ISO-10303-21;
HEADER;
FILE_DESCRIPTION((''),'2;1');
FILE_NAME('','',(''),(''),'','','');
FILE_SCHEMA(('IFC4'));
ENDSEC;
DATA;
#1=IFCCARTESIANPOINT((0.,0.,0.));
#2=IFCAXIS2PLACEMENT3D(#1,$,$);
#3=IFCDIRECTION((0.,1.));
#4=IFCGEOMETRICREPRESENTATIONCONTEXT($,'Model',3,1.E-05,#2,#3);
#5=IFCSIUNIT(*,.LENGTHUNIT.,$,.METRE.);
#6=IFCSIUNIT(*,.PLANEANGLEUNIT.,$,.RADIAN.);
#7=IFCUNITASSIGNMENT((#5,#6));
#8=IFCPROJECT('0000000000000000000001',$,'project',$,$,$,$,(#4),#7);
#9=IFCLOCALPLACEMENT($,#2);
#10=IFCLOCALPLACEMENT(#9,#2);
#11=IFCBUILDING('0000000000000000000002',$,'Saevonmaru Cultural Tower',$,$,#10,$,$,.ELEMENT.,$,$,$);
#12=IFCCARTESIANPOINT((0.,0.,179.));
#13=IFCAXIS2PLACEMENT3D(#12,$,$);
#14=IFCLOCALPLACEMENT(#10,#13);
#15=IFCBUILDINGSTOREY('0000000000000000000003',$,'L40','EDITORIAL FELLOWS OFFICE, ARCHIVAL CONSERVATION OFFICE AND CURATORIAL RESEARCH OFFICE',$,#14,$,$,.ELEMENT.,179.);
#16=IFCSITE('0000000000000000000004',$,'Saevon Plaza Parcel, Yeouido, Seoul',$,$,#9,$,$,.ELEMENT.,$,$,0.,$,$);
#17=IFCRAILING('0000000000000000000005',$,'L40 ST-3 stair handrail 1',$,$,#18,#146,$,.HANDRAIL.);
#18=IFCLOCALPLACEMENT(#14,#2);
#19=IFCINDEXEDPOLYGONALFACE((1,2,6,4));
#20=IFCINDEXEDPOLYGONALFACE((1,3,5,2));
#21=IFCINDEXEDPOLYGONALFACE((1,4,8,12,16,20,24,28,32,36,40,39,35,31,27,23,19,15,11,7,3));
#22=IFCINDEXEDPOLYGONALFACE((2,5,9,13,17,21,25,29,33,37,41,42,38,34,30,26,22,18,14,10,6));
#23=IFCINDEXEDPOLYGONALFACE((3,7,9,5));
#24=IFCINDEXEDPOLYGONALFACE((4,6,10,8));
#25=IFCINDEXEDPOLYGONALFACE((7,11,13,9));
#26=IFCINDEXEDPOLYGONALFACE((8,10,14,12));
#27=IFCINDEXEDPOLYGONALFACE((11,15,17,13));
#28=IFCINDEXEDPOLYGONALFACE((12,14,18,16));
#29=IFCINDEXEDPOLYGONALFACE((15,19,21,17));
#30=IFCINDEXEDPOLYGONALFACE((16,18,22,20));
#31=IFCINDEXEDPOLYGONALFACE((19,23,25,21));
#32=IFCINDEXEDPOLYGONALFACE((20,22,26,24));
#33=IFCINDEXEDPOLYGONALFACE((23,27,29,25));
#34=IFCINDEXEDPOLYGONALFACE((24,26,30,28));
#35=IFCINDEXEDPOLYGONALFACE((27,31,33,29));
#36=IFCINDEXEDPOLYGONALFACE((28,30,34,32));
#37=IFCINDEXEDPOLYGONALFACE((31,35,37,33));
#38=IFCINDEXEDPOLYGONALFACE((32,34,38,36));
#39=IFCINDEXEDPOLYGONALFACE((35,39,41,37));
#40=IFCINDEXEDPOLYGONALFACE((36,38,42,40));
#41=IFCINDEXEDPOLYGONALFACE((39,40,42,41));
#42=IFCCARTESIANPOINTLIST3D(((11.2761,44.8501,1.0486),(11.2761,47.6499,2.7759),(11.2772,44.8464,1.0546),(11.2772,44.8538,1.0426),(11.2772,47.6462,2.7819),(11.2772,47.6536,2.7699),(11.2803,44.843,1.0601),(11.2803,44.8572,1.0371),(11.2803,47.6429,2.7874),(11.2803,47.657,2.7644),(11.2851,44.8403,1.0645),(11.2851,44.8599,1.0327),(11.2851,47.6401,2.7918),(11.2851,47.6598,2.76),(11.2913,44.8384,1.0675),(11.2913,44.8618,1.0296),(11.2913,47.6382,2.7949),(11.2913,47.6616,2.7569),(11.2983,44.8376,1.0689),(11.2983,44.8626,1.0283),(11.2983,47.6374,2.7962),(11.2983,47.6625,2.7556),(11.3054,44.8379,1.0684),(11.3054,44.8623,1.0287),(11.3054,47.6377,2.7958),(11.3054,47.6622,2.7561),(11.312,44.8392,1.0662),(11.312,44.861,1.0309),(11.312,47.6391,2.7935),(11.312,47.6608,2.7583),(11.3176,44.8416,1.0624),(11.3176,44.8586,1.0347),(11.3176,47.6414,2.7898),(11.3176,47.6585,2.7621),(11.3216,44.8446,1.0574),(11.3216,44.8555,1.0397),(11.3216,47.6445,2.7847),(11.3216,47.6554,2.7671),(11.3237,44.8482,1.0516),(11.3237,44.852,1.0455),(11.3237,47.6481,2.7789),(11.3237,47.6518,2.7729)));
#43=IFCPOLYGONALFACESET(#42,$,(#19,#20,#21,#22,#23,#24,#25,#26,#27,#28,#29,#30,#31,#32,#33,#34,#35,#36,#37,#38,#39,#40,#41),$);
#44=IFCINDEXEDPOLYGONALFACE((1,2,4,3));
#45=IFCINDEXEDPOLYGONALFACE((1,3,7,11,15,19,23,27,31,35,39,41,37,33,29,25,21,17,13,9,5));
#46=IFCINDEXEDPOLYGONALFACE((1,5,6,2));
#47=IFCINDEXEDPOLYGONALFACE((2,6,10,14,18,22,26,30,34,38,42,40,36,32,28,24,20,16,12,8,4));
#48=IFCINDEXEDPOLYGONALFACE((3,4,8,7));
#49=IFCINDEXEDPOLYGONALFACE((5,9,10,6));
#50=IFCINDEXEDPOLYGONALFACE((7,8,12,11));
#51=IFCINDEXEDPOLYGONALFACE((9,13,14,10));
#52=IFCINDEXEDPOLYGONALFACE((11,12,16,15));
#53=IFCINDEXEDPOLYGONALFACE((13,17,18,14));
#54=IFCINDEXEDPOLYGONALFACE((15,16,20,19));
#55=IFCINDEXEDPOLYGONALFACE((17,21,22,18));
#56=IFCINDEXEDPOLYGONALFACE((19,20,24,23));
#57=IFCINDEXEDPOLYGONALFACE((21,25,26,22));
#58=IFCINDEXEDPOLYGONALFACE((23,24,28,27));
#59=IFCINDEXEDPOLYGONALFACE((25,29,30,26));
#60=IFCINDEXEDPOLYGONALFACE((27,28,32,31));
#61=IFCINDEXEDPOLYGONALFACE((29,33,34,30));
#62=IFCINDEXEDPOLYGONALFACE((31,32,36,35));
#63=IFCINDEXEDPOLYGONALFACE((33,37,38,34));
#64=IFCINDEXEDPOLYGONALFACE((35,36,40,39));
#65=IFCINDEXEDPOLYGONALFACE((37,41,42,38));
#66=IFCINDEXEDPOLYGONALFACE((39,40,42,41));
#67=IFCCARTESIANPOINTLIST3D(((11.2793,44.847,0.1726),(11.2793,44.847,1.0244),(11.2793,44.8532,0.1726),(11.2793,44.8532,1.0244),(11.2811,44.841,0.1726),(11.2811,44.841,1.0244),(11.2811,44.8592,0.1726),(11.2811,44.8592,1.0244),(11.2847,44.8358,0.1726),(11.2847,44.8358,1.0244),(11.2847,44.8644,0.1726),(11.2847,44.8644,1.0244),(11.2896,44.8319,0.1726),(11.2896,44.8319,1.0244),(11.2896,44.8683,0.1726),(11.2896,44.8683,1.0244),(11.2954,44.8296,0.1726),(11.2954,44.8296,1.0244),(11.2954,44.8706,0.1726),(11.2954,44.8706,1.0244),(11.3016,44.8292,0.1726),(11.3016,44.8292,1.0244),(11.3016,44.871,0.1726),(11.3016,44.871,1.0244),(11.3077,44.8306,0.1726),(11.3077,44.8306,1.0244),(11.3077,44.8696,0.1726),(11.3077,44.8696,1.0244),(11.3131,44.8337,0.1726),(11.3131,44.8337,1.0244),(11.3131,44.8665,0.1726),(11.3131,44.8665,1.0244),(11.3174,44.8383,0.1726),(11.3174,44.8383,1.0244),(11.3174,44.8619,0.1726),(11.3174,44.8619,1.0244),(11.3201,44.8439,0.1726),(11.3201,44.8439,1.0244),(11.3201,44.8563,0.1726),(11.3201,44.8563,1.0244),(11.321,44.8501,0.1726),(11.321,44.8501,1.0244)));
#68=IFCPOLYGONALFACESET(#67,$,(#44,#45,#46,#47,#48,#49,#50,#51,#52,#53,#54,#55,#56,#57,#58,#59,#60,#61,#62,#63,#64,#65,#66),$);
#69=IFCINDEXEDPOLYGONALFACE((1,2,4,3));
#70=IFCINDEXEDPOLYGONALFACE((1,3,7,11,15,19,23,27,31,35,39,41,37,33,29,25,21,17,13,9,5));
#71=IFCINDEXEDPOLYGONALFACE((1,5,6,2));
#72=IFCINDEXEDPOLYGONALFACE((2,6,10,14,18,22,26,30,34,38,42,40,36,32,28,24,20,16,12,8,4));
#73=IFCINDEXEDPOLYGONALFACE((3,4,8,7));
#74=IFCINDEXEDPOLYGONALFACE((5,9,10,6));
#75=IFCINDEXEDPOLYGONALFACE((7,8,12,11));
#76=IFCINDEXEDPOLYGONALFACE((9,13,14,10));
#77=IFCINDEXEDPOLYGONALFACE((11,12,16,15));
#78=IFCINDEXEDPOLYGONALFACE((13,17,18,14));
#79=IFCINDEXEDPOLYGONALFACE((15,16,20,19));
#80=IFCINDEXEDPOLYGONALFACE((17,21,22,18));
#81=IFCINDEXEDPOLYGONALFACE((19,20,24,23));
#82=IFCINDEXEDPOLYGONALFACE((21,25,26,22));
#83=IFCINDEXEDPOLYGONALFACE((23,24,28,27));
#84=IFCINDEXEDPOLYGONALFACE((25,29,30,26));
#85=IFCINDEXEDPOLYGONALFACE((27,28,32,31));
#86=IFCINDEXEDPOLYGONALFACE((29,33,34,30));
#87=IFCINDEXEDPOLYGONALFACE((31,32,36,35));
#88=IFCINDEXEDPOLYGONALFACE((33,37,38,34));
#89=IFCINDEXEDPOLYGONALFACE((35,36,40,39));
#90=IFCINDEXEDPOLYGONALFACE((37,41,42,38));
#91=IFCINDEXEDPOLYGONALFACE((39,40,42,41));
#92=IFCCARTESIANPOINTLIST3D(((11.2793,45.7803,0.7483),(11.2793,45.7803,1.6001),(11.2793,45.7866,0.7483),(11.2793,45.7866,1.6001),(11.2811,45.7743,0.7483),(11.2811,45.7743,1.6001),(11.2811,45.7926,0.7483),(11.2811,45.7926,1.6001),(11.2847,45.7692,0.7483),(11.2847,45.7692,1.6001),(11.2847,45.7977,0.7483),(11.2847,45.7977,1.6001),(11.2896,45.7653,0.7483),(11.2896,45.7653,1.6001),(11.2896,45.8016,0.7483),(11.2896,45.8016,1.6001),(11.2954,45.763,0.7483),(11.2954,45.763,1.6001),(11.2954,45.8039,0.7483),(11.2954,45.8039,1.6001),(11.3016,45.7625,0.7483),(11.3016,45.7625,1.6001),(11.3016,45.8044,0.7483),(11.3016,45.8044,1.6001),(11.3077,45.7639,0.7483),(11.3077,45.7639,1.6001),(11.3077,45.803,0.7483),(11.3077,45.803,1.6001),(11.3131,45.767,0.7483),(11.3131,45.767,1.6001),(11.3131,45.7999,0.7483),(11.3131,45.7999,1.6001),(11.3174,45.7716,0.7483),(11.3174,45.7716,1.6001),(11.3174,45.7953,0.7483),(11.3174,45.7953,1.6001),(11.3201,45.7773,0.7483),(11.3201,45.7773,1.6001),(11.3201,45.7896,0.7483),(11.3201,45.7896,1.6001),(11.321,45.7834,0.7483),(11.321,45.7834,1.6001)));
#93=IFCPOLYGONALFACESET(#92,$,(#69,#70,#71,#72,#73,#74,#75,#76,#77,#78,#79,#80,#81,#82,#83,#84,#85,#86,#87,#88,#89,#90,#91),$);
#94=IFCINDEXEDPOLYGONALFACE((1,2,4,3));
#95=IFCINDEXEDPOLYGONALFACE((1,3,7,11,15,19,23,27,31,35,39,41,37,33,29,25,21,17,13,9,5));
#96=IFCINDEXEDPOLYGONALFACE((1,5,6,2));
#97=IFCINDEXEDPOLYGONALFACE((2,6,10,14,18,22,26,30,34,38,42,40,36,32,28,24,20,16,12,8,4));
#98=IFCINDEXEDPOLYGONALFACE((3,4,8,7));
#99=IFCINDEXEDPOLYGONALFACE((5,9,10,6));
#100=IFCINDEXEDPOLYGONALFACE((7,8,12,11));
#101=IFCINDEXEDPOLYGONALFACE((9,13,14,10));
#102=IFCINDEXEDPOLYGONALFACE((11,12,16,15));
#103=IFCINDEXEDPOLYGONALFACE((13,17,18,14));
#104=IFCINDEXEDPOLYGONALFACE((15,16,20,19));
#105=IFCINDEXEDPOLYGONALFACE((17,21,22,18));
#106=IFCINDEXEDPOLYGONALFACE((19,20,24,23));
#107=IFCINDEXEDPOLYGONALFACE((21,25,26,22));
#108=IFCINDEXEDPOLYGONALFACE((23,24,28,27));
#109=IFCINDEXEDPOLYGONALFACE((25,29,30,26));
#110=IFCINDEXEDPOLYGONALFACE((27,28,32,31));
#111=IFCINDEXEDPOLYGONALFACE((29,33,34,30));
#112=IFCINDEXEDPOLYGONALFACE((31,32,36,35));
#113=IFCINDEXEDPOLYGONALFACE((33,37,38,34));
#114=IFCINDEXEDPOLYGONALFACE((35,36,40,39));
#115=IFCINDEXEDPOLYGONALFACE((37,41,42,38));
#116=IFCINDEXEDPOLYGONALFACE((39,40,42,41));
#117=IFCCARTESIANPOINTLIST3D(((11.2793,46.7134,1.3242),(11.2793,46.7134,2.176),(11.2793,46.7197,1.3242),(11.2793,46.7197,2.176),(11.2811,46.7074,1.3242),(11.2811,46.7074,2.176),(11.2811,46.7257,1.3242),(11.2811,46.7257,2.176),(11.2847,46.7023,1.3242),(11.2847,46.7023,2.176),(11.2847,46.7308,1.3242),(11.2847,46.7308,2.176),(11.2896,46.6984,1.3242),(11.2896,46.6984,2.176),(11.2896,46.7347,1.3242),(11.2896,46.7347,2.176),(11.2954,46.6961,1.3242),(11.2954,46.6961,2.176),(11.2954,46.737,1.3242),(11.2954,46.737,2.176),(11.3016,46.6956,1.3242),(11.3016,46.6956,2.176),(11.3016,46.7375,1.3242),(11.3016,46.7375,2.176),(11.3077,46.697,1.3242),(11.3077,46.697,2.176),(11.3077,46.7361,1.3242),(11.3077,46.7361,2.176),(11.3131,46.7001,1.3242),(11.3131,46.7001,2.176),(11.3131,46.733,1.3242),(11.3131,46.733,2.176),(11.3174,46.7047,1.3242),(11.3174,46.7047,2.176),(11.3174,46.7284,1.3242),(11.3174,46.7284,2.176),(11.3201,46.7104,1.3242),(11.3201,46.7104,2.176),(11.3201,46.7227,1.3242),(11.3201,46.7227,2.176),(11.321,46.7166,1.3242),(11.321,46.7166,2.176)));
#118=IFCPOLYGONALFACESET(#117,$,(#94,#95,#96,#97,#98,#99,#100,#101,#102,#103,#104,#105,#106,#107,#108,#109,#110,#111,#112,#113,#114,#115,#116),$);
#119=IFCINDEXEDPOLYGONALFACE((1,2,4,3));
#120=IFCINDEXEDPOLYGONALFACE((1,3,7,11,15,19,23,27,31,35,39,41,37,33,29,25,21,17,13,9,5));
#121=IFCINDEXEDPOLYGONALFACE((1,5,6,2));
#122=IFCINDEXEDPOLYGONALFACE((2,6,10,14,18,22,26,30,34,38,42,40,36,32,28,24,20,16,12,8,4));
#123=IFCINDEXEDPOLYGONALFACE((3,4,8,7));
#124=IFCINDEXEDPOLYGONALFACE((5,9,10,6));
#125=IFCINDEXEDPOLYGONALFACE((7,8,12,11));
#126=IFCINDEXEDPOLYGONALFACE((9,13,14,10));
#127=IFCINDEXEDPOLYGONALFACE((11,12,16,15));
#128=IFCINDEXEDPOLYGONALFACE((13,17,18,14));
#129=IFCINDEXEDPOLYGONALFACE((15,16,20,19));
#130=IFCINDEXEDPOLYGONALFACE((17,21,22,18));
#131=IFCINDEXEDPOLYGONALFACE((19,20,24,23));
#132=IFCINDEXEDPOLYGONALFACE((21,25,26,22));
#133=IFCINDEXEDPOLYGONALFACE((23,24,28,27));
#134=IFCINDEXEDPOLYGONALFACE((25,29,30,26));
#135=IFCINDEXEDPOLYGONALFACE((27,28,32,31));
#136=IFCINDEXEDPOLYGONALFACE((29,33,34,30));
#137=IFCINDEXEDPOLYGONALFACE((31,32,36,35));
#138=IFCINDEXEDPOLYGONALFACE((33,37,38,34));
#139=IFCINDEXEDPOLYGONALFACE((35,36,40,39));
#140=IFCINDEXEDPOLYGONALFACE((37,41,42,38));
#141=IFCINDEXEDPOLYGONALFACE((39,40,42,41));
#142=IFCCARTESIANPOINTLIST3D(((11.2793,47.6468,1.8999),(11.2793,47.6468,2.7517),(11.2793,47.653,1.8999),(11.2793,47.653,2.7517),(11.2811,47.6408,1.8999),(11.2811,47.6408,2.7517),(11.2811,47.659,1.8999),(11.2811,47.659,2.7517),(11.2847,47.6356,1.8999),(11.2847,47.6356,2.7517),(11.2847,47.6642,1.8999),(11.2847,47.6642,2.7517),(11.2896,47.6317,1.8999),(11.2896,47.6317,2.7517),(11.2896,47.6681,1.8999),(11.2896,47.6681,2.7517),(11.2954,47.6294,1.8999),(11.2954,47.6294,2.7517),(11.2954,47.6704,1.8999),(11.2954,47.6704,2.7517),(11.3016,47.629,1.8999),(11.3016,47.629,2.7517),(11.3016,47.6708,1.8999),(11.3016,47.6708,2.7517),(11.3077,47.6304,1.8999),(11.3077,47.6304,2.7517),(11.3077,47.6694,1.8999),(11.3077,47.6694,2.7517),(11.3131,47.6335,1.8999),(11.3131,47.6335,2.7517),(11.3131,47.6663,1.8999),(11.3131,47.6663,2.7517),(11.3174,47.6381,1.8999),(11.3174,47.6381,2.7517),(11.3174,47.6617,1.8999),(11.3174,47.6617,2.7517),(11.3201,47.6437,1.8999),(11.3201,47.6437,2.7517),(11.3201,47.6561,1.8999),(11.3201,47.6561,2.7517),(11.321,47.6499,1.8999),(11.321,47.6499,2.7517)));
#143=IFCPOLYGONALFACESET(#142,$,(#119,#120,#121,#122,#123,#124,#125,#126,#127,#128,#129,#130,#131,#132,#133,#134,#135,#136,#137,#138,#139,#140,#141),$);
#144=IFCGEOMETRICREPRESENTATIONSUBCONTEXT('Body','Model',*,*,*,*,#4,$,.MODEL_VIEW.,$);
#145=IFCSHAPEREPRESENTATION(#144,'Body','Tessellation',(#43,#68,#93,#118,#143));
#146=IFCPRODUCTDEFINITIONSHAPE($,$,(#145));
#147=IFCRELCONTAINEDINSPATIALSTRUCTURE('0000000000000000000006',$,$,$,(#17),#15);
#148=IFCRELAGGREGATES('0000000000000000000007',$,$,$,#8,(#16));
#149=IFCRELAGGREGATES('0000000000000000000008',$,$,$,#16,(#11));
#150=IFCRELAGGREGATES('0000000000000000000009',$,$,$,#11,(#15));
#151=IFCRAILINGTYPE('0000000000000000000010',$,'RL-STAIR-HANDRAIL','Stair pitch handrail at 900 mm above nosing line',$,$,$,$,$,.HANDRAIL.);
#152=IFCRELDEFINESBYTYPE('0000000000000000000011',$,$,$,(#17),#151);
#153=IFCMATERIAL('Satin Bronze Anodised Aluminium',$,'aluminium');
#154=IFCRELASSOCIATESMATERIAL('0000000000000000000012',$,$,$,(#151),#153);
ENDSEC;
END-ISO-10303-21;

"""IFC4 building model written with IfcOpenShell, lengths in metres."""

from ifc_helpers import new_model, si_unit, direction, frame, origin, origin_2d, place, context, subcontext, project, spatial, circle, extrude, material, type_object, element, save


model = new_model("IFC4")

# Units and contexts
model_context = context("Model", 3, precision=1e-05, world=origin(), true_north=direction((0.0, 1.0)))
body_context = subcontext(model_context, "Body", "Model", "MODEL_VIEW")
ifc_project = project(units=[si_unit("LENGTHUNIT", "METRE"), si_unit("PLANEANGLEUNIT", "RADIAN")], contexts=[model_context])

# Site, building, storey
site_placement = place(None, origin())
site = spatial("IfcSite", under=ifc_project, at=site_placement, Name="Saevon Plaza Parcel, Yeouido, Seoul", CompositionType="ELEMENT", RefElevation=0.0)
building_placement = place(site_placement, origin())
building = spatial("IfcBuilding", under=site, at=building_placement, Name="Saevonmaru Cultural Tower", CompositionType="ELEMENT")
storey_placement = place(building_placement, frame((0.0, 0.0, 179.0)))
storey = spatial("IfcBuildingStorey", under=building, at=storey_placement, Name="L40", Description="EDITORIAL FELLOWS OFFICE, ARCHIVAL CONSERVATION OFFICE AND CURATORIAL RESEARCH OFFICE", CompositionType="ELEMENT", Elevation=179.0)

# Shared definitions
ifc_material_1 = material(Name="Satin Bronze Anodised Aluminium", Category="aluminium")

# Railing
railing_type_1 = type_object("IfcRailingType", Name="RL-STAIR-HANDRAIL", Description="Stair pitch handrail at 900 mm above nosing line", PredefinedType="HANDRAIL", material=ifc_material_1)
railing_1_placement = place(storey_placement, frame((11.3, 44.8501, 0.1726)))
element("IfcRailing", 1, at=railing_1_placement, inside=storey, type_object=railing_type_1, Name="L40 ST-3 stair handrail 1", PredefinedType="HANDRAIL", context=body_context, shape_type="SweptSolid", body=[
    extrude(circle(Radius=0.0239, at=origin_2d()), frame((0.0, 0.0, 0.876), z_axis=(0.0, 0.851069, 0.525054), x_axis=(-1.0, 0.0, 0.0)), (0.0, 0.0, 1.0), 3.2898),
    extrude(circle(Radius=0.021, at=origin_2d()), origin(), (0.0, 0.0, 1.0), 0.8518),
    extrude(circle(Radius=0.021, at=origin_2d()), frame((0.0, 0.9333, 0.5757)), (0.0, 0.0, 1.0), 0.8518),
    extrude(circle(Radius=0.021, at=origin_2d()), frame((0.0, 1.8665, 1.1516)), (0.0, 0.0, 1.0), 0.8518),
    extrude(circle(Radius=0.021, at=origin_2d()), frame((0.0, 2.7998, 1.7273)), (0.0, 0.0, 1.0), 0.8518),
])

save(model, "model.ifc")
